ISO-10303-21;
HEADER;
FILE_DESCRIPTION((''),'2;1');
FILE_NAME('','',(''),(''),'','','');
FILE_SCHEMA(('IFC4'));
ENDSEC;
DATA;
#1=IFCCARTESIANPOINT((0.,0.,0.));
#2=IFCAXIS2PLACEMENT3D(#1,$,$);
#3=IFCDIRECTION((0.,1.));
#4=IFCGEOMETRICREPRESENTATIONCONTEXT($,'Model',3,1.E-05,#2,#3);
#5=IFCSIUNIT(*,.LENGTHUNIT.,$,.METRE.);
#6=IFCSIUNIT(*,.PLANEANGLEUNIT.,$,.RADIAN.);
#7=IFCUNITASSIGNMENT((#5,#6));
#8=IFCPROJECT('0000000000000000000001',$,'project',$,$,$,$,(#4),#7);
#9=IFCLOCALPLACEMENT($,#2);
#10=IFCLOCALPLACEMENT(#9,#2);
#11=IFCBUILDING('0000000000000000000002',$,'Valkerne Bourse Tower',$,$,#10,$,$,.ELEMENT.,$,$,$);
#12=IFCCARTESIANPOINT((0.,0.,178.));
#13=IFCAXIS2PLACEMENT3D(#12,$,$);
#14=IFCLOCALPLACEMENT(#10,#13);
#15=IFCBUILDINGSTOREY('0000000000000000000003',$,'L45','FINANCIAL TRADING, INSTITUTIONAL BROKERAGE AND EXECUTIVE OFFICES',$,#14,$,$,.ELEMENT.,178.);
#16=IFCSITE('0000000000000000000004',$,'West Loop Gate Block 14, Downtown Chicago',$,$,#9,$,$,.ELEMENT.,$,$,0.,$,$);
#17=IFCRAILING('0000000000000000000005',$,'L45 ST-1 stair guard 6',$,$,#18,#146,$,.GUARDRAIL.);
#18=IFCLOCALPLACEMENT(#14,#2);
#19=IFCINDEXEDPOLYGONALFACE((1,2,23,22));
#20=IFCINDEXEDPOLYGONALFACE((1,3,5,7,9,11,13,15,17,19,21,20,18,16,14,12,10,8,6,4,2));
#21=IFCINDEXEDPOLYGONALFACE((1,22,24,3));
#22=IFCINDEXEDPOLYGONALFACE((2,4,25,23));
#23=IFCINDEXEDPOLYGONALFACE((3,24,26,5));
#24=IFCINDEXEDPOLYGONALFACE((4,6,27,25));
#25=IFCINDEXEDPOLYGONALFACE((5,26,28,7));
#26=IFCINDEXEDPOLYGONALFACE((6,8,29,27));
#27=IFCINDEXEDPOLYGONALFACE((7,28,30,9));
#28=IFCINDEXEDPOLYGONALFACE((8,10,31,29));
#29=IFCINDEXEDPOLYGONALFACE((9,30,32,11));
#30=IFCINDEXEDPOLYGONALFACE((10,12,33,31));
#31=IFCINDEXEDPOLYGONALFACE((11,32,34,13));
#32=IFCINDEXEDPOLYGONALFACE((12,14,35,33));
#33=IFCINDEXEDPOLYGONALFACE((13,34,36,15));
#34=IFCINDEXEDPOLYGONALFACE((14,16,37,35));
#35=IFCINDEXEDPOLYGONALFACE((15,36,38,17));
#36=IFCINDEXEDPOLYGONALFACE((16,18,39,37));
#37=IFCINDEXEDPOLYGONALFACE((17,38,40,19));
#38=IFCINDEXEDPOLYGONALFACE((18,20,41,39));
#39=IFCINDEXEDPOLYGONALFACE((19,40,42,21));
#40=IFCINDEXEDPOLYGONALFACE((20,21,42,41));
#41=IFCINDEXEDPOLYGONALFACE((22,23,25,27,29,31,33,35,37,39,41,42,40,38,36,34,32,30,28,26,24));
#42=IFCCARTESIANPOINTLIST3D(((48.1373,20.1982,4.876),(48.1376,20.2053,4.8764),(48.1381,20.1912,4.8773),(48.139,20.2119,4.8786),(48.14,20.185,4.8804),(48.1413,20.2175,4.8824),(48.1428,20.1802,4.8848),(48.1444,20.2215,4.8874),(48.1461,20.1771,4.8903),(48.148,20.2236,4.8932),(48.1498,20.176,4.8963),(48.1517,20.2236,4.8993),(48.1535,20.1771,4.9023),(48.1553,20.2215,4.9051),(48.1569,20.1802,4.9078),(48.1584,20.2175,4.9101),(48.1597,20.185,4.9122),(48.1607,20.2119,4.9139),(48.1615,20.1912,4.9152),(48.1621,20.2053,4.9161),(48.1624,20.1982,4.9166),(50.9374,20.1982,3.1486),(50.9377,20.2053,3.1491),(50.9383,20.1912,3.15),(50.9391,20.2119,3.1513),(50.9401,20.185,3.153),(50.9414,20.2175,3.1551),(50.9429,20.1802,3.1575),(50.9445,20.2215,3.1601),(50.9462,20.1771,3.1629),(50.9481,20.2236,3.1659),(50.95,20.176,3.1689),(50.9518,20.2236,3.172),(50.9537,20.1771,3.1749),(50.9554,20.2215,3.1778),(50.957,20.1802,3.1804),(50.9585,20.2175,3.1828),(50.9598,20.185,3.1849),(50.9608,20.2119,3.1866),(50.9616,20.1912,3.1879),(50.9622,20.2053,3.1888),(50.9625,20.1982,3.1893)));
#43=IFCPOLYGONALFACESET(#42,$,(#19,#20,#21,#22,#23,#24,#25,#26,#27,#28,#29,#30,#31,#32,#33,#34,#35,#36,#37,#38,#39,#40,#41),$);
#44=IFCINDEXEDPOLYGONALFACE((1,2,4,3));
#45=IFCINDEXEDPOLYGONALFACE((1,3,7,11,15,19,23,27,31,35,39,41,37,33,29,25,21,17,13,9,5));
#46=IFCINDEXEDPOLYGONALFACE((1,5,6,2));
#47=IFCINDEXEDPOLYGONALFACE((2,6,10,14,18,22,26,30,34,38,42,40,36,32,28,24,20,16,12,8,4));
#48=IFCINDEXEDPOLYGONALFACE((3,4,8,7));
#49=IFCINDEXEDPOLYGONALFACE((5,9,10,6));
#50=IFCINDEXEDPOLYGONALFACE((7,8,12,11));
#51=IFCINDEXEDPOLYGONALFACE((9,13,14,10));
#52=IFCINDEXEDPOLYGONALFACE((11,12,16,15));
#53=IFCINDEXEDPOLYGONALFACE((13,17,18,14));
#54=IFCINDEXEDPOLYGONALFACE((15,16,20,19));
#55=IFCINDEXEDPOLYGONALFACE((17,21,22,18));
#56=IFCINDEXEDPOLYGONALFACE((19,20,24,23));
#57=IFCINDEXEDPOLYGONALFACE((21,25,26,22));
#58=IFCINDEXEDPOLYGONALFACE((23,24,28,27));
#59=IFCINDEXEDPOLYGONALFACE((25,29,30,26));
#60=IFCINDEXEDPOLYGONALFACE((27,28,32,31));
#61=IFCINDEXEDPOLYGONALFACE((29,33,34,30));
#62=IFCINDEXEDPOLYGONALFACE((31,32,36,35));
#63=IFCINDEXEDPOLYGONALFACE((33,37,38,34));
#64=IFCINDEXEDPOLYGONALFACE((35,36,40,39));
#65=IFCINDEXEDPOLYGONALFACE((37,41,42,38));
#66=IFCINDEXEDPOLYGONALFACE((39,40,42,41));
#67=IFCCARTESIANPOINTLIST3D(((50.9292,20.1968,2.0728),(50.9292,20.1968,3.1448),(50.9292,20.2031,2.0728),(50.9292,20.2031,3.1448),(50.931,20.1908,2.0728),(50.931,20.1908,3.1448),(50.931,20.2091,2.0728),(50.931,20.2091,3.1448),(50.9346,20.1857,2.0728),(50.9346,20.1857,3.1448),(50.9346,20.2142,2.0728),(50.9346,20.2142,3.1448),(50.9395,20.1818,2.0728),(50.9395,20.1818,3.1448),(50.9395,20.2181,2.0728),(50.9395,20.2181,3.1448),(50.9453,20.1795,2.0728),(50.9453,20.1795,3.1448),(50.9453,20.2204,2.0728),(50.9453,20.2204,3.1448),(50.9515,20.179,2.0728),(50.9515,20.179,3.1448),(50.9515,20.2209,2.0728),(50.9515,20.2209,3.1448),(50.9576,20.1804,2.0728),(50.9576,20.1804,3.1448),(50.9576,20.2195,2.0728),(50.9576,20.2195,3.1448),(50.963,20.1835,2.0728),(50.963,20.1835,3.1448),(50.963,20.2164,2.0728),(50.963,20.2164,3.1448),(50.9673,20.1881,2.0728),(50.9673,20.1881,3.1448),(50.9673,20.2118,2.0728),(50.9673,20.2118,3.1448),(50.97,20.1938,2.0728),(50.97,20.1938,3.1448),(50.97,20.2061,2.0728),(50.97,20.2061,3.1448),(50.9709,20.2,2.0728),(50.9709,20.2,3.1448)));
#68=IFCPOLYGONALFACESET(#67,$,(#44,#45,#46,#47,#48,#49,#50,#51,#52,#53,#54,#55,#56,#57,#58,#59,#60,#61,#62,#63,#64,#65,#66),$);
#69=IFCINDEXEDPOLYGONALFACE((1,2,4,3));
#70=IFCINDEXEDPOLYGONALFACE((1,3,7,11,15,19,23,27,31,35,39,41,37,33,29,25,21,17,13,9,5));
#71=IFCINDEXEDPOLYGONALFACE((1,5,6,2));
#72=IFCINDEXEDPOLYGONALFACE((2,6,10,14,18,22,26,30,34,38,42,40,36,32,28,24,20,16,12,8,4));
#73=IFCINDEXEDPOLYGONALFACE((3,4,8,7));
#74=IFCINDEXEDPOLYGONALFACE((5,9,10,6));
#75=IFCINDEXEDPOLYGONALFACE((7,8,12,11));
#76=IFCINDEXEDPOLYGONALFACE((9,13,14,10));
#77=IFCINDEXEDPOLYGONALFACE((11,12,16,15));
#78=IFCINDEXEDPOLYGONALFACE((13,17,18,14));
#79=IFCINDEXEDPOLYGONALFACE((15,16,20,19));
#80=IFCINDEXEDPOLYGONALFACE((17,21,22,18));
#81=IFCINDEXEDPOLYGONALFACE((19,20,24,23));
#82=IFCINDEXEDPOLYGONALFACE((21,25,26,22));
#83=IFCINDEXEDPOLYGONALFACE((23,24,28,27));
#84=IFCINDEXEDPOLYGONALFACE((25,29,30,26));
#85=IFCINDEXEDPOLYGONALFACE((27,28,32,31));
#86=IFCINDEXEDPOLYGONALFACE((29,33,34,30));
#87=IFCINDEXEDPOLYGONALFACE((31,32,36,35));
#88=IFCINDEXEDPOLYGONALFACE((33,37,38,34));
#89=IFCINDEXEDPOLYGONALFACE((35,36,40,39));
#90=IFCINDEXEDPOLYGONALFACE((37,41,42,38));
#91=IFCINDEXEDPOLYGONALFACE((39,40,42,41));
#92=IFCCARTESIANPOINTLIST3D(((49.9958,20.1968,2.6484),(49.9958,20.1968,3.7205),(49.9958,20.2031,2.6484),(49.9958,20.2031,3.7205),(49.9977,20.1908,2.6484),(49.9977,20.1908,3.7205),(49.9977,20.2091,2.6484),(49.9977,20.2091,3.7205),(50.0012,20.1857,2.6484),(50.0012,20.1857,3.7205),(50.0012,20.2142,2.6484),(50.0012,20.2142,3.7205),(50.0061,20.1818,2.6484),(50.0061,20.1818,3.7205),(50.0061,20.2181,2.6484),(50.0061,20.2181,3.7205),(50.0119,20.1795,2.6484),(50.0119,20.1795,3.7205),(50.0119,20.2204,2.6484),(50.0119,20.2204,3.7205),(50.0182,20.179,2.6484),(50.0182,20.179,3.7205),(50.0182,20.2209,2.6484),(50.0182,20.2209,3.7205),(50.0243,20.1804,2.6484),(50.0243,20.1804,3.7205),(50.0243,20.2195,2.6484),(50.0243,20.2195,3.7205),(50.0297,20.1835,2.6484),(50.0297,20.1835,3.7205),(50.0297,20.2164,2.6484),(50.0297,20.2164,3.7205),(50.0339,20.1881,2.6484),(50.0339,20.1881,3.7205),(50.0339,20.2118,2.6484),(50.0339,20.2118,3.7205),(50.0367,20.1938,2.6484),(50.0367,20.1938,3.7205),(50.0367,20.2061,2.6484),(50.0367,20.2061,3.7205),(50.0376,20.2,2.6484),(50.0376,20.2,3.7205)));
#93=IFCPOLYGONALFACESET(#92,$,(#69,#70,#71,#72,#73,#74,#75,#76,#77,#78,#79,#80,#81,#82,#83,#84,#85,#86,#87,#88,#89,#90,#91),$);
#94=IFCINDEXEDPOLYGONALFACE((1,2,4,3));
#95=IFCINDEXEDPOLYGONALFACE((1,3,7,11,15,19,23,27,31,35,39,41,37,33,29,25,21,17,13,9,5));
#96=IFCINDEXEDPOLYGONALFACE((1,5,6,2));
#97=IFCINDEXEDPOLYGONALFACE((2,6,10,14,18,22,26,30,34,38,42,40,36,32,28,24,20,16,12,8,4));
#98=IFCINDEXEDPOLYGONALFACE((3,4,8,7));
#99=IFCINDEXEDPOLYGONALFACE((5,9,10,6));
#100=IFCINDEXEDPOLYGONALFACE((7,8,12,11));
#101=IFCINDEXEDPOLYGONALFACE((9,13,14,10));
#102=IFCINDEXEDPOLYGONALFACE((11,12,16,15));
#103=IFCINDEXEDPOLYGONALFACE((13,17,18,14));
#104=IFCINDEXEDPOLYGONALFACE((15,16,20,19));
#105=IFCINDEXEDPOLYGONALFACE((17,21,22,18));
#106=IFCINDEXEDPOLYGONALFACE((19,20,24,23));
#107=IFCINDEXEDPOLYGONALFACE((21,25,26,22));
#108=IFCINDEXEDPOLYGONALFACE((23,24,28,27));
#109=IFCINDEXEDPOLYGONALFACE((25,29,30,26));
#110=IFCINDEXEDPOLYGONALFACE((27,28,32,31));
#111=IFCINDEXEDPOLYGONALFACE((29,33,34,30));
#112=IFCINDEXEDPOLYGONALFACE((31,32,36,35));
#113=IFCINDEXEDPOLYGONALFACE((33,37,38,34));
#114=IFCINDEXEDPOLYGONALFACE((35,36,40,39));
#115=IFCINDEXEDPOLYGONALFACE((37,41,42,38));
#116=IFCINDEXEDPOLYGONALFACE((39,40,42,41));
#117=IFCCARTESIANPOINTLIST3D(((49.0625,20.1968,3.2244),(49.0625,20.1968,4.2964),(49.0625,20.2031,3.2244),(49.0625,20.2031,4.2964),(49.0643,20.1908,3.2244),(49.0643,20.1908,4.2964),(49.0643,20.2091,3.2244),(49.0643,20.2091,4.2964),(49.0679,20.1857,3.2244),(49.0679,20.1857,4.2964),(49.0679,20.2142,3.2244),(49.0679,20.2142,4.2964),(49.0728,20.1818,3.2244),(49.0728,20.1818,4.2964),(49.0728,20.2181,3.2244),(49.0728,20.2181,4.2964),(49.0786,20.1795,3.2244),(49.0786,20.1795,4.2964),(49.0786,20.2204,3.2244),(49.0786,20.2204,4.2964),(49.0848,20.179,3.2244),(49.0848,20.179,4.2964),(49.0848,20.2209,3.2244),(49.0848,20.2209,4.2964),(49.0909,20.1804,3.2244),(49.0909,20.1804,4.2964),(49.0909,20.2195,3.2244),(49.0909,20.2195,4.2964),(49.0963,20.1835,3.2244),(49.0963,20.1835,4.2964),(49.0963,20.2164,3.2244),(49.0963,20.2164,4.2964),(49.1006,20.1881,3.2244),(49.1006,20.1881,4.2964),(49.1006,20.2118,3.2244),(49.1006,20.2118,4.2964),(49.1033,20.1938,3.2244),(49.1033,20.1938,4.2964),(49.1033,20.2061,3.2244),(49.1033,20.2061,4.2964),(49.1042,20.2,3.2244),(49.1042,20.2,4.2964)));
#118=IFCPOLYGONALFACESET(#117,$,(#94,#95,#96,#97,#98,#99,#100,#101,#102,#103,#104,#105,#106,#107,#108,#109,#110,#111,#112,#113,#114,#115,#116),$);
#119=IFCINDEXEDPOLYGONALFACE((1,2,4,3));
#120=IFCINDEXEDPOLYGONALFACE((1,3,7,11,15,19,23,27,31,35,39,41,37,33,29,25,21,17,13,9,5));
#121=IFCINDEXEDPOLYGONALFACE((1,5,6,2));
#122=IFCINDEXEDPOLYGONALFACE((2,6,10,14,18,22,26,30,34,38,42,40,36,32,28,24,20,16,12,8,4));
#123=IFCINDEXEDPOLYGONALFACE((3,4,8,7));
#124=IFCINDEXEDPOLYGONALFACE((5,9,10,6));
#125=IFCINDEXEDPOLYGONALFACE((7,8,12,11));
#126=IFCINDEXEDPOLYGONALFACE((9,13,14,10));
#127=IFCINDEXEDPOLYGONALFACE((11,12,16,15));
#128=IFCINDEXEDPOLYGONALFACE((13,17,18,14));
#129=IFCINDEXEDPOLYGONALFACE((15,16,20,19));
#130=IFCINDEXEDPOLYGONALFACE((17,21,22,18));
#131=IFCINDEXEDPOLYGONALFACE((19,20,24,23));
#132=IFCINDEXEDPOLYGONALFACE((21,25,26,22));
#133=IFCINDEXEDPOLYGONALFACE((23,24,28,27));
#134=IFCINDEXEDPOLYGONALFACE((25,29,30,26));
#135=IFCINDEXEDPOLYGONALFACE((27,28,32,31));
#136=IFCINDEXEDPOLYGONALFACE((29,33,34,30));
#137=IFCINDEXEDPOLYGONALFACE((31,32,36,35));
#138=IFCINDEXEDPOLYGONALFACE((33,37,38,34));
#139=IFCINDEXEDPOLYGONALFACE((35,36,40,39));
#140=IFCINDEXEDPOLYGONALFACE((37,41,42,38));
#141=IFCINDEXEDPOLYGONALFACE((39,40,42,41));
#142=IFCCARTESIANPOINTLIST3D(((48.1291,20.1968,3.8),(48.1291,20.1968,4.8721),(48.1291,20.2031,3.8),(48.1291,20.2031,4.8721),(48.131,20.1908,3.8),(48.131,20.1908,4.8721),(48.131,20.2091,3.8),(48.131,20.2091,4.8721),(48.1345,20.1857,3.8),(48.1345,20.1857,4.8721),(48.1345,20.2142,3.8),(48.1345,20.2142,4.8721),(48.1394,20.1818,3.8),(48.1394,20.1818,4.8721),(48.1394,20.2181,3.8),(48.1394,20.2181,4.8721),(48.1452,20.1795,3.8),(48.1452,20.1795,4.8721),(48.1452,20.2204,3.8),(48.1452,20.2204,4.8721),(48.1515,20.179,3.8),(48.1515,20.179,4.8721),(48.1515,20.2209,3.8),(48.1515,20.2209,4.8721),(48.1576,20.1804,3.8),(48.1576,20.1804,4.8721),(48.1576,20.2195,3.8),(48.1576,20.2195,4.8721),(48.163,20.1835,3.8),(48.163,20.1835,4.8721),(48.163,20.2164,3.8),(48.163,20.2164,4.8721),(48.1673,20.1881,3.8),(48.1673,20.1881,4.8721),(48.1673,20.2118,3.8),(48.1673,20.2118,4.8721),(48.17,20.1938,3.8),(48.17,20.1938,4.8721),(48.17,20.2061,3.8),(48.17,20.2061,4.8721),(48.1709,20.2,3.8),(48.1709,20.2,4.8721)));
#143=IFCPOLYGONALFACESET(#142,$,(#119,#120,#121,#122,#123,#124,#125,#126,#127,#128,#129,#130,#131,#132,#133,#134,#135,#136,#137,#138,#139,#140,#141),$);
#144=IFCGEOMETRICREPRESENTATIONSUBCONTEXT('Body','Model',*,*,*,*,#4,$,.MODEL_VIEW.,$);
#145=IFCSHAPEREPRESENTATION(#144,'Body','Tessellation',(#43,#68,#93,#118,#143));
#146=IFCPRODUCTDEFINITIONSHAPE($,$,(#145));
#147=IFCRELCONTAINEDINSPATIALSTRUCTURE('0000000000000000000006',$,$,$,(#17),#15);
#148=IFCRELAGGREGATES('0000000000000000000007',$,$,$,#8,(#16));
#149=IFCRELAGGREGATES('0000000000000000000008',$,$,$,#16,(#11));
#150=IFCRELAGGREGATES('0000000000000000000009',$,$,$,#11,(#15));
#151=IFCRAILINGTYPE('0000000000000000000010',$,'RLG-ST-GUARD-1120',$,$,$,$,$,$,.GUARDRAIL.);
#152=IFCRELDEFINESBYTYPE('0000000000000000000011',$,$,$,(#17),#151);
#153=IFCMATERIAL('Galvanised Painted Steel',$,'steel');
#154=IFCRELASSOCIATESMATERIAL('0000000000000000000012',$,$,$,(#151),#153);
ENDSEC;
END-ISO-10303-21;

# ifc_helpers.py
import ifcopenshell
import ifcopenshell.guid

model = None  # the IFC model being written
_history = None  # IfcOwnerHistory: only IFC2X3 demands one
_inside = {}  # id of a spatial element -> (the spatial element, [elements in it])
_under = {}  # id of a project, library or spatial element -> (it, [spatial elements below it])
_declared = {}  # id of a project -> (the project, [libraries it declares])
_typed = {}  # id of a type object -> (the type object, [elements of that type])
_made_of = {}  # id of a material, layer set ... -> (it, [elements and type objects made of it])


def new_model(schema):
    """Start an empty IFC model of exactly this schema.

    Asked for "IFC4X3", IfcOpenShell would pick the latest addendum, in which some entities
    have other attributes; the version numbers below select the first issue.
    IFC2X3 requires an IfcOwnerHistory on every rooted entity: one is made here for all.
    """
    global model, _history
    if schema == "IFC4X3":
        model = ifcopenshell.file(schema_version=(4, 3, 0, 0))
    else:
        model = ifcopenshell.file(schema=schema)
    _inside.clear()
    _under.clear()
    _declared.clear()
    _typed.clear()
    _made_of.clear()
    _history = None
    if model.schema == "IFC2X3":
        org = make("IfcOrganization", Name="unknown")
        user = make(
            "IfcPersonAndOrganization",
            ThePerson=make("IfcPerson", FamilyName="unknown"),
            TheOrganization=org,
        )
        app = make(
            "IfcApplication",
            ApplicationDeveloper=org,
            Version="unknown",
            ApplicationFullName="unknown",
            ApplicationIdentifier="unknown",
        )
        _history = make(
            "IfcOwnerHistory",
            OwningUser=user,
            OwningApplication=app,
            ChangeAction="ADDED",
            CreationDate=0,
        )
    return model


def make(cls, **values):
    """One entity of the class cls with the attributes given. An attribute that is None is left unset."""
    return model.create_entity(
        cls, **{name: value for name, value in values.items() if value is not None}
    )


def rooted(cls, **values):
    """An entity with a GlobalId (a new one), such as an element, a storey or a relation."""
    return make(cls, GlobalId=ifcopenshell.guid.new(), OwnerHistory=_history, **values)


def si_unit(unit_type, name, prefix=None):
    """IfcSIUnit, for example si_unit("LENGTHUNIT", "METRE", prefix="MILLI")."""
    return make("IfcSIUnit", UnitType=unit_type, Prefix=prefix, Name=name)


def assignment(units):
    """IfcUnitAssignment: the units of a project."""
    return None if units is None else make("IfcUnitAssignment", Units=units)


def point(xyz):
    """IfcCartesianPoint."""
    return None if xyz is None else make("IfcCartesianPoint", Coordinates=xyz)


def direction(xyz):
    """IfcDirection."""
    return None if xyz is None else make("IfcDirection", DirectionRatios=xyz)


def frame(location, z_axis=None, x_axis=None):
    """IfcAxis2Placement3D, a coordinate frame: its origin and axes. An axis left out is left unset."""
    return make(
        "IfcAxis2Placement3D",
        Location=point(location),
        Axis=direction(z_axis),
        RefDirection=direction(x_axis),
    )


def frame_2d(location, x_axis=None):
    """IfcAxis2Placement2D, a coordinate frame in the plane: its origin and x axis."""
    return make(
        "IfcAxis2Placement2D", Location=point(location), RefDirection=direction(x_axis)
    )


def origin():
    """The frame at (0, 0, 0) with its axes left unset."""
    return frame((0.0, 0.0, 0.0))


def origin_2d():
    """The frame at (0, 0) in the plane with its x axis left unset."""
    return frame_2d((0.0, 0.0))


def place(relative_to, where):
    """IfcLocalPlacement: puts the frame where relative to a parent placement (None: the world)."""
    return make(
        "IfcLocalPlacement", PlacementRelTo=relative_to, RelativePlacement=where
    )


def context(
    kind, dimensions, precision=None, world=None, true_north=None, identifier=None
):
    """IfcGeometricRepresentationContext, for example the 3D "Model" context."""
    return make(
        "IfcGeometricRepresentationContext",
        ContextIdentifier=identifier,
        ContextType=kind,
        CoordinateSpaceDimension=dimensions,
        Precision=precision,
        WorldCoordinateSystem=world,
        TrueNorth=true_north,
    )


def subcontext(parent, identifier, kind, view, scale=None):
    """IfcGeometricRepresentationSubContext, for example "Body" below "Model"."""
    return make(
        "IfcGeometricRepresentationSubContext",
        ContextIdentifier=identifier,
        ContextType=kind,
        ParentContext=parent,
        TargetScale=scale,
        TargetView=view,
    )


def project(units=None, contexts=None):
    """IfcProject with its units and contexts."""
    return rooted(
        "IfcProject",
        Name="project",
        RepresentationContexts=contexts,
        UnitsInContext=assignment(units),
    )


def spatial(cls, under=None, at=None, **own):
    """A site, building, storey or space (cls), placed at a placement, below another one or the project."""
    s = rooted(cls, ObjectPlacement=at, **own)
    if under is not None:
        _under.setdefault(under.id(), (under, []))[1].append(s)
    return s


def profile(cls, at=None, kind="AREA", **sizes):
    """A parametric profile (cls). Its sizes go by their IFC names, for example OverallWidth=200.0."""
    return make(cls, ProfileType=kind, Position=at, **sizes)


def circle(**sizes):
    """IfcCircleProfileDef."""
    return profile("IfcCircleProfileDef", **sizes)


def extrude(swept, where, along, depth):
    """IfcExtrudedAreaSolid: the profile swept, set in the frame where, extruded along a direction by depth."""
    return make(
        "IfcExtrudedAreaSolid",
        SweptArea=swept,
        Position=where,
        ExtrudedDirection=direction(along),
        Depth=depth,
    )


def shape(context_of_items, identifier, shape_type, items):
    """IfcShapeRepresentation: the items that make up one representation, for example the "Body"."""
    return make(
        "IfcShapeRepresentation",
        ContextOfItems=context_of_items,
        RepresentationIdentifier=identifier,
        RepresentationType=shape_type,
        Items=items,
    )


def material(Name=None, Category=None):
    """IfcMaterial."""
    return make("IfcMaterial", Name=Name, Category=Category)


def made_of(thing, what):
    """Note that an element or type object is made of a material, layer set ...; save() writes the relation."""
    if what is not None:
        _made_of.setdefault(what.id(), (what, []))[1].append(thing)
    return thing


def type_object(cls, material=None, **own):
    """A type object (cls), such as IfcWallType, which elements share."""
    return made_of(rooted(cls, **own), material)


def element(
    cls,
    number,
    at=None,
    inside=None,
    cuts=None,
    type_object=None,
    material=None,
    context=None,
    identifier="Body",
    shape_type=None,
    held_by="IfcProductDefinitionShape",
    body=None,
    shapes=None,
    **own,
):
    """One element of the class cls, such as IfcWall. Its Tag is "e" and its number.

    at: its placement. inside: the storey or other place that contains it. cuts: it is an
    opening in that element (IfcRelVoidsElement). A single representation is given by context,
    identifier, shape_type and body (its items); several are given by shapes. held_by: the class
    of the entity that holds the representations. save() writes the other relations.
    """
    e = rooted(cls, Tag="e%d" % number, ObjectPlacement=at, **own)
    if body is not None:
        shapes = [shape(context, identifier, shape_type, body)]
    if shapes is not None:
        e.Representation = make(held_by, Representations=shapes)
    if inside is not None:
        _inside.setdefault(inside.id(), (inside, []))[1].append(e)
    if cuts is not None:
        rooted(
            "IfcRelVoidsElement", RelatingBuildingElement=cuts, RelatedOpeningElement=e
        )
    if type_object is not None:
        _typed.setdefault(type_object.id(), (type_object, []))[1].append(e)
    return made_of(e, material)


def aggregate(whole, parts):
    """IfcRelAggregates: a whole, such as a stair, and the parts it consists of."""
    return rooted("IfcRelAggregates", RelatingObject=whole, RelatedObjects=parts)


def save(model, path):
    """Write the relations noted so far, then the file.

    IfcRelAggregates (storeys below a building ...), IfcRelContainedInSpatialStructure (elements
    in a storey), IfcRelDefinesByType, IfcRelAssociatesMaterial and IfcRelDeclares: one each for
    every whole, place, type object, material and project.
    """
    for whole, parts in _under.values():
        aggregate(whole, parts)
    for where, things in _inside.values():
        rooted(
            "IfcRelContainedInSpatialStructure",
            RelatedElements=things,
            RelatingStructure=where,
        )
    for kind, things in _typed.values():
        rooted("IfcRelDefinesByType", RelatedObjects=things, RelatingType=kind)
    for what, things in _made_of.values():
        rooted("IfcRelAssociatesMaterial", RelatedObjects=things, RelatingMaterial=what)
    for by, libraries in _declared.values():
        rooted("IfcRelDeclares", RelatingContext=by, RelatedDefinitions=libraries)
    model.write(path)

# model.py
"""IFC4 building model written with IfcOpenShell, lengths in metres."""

from ifc_helpers import new_model, si_unit, direction, frame, origin, origin_2d, place, context, subcontext, project, spatial, circle, extrude, material, type_object, element, save


model = new_model("IFC4")

# Units and contexts
model_context = context("Model", 3, precision=1e-05, world=origin(), true_north=direction((0.0, 1.0)))
body_context = subcontext(model_context, "Body", "Model", "MODEL_VIEW")
ifc_project = project(units=[si_unit("LENGTHUNIT", "METRE"), si_unit("PLANEANGLEUNIT", "RADIAN")], contexts=[model_context])

# Site, building, storey
site_placement = place(None, origin())
site = spatial("IfcSite", under=ifc_project, at=site_placement, Name="West Loop Gate Block 14, Downtown Chicago", CompositionType="ELEMENT", RefElevation=0.0)
building_placement = place(site_placement, origin())
building = spatial("IfcBuilding", under=site, at=building_placement, Name="Valkerne Bourse Tower", CompositionType="ELEMENT")
storey_placement = place(building_placement, frame((0.0, 0.0, 178.0)))
storey = spatial("IfcBuildingStorey", under=building, at=storey_placement, Name="L45", Description="FINANCIAL TRADING, INSTITUTIONAL BROKERAGE AND EXECUTIVE OFFICES", CompositionType="ELEMENT", Elevation=178.0)

# Shared definitions
ifc_material_1 = material(Name="Galvanised Painted Steel", Category="steel")

# Railing
railing_type_1 = type_object("IfcRailingType", Name="RLG-ST-GUARD-1120", PredefinedType="GUARDRAIL", material=ifc_material_1)
railing_1_placement = place(storey_placement, frame((50.95, 20.2, 2.0728)))
element("IfcRailing", 1, at=railing_1_placement, inside=storey, type_object=railing_type_1, Name="L45 ST-1 stair guard 6", PredefinedType="GUARDRAIL", context=body_context, shape_type="SweptSolid", body=[
    extrude(circle(Radius=0.0239, at=origin_2d()), frame((0.0, 0.0, 1.0962), z_axis=(-0.85109, 0.0, 0.52502), x_axis=(0.0, -1.0, 0.0)), (0.0, 0.0, 1.0), 3.29),
    extrude(circle(Radius=0.021, at=origin_2d()), origin(), (0.0, 0.0, 1.0), 1.072),
    extrude(circle(Radius=0.021, at=origin_2d()), frame((-0.9333, 0.0, 0.5757)), (0.0, 0.0, 1.0), 1.072),
    extrude(circle(Radius=0.021, at=origin_2d()), frame((-1.8667, 0.0, 1.1516)), (0.0, 0.0, 1.0), 1.072),
    extrude(circle(Radius=0.021, at=origin_2d()), frame((-2.8, 0.0, 1.7273)), (0.0, 0.0, 1.0), 1.072),
])

save(model, "model.ifc")
